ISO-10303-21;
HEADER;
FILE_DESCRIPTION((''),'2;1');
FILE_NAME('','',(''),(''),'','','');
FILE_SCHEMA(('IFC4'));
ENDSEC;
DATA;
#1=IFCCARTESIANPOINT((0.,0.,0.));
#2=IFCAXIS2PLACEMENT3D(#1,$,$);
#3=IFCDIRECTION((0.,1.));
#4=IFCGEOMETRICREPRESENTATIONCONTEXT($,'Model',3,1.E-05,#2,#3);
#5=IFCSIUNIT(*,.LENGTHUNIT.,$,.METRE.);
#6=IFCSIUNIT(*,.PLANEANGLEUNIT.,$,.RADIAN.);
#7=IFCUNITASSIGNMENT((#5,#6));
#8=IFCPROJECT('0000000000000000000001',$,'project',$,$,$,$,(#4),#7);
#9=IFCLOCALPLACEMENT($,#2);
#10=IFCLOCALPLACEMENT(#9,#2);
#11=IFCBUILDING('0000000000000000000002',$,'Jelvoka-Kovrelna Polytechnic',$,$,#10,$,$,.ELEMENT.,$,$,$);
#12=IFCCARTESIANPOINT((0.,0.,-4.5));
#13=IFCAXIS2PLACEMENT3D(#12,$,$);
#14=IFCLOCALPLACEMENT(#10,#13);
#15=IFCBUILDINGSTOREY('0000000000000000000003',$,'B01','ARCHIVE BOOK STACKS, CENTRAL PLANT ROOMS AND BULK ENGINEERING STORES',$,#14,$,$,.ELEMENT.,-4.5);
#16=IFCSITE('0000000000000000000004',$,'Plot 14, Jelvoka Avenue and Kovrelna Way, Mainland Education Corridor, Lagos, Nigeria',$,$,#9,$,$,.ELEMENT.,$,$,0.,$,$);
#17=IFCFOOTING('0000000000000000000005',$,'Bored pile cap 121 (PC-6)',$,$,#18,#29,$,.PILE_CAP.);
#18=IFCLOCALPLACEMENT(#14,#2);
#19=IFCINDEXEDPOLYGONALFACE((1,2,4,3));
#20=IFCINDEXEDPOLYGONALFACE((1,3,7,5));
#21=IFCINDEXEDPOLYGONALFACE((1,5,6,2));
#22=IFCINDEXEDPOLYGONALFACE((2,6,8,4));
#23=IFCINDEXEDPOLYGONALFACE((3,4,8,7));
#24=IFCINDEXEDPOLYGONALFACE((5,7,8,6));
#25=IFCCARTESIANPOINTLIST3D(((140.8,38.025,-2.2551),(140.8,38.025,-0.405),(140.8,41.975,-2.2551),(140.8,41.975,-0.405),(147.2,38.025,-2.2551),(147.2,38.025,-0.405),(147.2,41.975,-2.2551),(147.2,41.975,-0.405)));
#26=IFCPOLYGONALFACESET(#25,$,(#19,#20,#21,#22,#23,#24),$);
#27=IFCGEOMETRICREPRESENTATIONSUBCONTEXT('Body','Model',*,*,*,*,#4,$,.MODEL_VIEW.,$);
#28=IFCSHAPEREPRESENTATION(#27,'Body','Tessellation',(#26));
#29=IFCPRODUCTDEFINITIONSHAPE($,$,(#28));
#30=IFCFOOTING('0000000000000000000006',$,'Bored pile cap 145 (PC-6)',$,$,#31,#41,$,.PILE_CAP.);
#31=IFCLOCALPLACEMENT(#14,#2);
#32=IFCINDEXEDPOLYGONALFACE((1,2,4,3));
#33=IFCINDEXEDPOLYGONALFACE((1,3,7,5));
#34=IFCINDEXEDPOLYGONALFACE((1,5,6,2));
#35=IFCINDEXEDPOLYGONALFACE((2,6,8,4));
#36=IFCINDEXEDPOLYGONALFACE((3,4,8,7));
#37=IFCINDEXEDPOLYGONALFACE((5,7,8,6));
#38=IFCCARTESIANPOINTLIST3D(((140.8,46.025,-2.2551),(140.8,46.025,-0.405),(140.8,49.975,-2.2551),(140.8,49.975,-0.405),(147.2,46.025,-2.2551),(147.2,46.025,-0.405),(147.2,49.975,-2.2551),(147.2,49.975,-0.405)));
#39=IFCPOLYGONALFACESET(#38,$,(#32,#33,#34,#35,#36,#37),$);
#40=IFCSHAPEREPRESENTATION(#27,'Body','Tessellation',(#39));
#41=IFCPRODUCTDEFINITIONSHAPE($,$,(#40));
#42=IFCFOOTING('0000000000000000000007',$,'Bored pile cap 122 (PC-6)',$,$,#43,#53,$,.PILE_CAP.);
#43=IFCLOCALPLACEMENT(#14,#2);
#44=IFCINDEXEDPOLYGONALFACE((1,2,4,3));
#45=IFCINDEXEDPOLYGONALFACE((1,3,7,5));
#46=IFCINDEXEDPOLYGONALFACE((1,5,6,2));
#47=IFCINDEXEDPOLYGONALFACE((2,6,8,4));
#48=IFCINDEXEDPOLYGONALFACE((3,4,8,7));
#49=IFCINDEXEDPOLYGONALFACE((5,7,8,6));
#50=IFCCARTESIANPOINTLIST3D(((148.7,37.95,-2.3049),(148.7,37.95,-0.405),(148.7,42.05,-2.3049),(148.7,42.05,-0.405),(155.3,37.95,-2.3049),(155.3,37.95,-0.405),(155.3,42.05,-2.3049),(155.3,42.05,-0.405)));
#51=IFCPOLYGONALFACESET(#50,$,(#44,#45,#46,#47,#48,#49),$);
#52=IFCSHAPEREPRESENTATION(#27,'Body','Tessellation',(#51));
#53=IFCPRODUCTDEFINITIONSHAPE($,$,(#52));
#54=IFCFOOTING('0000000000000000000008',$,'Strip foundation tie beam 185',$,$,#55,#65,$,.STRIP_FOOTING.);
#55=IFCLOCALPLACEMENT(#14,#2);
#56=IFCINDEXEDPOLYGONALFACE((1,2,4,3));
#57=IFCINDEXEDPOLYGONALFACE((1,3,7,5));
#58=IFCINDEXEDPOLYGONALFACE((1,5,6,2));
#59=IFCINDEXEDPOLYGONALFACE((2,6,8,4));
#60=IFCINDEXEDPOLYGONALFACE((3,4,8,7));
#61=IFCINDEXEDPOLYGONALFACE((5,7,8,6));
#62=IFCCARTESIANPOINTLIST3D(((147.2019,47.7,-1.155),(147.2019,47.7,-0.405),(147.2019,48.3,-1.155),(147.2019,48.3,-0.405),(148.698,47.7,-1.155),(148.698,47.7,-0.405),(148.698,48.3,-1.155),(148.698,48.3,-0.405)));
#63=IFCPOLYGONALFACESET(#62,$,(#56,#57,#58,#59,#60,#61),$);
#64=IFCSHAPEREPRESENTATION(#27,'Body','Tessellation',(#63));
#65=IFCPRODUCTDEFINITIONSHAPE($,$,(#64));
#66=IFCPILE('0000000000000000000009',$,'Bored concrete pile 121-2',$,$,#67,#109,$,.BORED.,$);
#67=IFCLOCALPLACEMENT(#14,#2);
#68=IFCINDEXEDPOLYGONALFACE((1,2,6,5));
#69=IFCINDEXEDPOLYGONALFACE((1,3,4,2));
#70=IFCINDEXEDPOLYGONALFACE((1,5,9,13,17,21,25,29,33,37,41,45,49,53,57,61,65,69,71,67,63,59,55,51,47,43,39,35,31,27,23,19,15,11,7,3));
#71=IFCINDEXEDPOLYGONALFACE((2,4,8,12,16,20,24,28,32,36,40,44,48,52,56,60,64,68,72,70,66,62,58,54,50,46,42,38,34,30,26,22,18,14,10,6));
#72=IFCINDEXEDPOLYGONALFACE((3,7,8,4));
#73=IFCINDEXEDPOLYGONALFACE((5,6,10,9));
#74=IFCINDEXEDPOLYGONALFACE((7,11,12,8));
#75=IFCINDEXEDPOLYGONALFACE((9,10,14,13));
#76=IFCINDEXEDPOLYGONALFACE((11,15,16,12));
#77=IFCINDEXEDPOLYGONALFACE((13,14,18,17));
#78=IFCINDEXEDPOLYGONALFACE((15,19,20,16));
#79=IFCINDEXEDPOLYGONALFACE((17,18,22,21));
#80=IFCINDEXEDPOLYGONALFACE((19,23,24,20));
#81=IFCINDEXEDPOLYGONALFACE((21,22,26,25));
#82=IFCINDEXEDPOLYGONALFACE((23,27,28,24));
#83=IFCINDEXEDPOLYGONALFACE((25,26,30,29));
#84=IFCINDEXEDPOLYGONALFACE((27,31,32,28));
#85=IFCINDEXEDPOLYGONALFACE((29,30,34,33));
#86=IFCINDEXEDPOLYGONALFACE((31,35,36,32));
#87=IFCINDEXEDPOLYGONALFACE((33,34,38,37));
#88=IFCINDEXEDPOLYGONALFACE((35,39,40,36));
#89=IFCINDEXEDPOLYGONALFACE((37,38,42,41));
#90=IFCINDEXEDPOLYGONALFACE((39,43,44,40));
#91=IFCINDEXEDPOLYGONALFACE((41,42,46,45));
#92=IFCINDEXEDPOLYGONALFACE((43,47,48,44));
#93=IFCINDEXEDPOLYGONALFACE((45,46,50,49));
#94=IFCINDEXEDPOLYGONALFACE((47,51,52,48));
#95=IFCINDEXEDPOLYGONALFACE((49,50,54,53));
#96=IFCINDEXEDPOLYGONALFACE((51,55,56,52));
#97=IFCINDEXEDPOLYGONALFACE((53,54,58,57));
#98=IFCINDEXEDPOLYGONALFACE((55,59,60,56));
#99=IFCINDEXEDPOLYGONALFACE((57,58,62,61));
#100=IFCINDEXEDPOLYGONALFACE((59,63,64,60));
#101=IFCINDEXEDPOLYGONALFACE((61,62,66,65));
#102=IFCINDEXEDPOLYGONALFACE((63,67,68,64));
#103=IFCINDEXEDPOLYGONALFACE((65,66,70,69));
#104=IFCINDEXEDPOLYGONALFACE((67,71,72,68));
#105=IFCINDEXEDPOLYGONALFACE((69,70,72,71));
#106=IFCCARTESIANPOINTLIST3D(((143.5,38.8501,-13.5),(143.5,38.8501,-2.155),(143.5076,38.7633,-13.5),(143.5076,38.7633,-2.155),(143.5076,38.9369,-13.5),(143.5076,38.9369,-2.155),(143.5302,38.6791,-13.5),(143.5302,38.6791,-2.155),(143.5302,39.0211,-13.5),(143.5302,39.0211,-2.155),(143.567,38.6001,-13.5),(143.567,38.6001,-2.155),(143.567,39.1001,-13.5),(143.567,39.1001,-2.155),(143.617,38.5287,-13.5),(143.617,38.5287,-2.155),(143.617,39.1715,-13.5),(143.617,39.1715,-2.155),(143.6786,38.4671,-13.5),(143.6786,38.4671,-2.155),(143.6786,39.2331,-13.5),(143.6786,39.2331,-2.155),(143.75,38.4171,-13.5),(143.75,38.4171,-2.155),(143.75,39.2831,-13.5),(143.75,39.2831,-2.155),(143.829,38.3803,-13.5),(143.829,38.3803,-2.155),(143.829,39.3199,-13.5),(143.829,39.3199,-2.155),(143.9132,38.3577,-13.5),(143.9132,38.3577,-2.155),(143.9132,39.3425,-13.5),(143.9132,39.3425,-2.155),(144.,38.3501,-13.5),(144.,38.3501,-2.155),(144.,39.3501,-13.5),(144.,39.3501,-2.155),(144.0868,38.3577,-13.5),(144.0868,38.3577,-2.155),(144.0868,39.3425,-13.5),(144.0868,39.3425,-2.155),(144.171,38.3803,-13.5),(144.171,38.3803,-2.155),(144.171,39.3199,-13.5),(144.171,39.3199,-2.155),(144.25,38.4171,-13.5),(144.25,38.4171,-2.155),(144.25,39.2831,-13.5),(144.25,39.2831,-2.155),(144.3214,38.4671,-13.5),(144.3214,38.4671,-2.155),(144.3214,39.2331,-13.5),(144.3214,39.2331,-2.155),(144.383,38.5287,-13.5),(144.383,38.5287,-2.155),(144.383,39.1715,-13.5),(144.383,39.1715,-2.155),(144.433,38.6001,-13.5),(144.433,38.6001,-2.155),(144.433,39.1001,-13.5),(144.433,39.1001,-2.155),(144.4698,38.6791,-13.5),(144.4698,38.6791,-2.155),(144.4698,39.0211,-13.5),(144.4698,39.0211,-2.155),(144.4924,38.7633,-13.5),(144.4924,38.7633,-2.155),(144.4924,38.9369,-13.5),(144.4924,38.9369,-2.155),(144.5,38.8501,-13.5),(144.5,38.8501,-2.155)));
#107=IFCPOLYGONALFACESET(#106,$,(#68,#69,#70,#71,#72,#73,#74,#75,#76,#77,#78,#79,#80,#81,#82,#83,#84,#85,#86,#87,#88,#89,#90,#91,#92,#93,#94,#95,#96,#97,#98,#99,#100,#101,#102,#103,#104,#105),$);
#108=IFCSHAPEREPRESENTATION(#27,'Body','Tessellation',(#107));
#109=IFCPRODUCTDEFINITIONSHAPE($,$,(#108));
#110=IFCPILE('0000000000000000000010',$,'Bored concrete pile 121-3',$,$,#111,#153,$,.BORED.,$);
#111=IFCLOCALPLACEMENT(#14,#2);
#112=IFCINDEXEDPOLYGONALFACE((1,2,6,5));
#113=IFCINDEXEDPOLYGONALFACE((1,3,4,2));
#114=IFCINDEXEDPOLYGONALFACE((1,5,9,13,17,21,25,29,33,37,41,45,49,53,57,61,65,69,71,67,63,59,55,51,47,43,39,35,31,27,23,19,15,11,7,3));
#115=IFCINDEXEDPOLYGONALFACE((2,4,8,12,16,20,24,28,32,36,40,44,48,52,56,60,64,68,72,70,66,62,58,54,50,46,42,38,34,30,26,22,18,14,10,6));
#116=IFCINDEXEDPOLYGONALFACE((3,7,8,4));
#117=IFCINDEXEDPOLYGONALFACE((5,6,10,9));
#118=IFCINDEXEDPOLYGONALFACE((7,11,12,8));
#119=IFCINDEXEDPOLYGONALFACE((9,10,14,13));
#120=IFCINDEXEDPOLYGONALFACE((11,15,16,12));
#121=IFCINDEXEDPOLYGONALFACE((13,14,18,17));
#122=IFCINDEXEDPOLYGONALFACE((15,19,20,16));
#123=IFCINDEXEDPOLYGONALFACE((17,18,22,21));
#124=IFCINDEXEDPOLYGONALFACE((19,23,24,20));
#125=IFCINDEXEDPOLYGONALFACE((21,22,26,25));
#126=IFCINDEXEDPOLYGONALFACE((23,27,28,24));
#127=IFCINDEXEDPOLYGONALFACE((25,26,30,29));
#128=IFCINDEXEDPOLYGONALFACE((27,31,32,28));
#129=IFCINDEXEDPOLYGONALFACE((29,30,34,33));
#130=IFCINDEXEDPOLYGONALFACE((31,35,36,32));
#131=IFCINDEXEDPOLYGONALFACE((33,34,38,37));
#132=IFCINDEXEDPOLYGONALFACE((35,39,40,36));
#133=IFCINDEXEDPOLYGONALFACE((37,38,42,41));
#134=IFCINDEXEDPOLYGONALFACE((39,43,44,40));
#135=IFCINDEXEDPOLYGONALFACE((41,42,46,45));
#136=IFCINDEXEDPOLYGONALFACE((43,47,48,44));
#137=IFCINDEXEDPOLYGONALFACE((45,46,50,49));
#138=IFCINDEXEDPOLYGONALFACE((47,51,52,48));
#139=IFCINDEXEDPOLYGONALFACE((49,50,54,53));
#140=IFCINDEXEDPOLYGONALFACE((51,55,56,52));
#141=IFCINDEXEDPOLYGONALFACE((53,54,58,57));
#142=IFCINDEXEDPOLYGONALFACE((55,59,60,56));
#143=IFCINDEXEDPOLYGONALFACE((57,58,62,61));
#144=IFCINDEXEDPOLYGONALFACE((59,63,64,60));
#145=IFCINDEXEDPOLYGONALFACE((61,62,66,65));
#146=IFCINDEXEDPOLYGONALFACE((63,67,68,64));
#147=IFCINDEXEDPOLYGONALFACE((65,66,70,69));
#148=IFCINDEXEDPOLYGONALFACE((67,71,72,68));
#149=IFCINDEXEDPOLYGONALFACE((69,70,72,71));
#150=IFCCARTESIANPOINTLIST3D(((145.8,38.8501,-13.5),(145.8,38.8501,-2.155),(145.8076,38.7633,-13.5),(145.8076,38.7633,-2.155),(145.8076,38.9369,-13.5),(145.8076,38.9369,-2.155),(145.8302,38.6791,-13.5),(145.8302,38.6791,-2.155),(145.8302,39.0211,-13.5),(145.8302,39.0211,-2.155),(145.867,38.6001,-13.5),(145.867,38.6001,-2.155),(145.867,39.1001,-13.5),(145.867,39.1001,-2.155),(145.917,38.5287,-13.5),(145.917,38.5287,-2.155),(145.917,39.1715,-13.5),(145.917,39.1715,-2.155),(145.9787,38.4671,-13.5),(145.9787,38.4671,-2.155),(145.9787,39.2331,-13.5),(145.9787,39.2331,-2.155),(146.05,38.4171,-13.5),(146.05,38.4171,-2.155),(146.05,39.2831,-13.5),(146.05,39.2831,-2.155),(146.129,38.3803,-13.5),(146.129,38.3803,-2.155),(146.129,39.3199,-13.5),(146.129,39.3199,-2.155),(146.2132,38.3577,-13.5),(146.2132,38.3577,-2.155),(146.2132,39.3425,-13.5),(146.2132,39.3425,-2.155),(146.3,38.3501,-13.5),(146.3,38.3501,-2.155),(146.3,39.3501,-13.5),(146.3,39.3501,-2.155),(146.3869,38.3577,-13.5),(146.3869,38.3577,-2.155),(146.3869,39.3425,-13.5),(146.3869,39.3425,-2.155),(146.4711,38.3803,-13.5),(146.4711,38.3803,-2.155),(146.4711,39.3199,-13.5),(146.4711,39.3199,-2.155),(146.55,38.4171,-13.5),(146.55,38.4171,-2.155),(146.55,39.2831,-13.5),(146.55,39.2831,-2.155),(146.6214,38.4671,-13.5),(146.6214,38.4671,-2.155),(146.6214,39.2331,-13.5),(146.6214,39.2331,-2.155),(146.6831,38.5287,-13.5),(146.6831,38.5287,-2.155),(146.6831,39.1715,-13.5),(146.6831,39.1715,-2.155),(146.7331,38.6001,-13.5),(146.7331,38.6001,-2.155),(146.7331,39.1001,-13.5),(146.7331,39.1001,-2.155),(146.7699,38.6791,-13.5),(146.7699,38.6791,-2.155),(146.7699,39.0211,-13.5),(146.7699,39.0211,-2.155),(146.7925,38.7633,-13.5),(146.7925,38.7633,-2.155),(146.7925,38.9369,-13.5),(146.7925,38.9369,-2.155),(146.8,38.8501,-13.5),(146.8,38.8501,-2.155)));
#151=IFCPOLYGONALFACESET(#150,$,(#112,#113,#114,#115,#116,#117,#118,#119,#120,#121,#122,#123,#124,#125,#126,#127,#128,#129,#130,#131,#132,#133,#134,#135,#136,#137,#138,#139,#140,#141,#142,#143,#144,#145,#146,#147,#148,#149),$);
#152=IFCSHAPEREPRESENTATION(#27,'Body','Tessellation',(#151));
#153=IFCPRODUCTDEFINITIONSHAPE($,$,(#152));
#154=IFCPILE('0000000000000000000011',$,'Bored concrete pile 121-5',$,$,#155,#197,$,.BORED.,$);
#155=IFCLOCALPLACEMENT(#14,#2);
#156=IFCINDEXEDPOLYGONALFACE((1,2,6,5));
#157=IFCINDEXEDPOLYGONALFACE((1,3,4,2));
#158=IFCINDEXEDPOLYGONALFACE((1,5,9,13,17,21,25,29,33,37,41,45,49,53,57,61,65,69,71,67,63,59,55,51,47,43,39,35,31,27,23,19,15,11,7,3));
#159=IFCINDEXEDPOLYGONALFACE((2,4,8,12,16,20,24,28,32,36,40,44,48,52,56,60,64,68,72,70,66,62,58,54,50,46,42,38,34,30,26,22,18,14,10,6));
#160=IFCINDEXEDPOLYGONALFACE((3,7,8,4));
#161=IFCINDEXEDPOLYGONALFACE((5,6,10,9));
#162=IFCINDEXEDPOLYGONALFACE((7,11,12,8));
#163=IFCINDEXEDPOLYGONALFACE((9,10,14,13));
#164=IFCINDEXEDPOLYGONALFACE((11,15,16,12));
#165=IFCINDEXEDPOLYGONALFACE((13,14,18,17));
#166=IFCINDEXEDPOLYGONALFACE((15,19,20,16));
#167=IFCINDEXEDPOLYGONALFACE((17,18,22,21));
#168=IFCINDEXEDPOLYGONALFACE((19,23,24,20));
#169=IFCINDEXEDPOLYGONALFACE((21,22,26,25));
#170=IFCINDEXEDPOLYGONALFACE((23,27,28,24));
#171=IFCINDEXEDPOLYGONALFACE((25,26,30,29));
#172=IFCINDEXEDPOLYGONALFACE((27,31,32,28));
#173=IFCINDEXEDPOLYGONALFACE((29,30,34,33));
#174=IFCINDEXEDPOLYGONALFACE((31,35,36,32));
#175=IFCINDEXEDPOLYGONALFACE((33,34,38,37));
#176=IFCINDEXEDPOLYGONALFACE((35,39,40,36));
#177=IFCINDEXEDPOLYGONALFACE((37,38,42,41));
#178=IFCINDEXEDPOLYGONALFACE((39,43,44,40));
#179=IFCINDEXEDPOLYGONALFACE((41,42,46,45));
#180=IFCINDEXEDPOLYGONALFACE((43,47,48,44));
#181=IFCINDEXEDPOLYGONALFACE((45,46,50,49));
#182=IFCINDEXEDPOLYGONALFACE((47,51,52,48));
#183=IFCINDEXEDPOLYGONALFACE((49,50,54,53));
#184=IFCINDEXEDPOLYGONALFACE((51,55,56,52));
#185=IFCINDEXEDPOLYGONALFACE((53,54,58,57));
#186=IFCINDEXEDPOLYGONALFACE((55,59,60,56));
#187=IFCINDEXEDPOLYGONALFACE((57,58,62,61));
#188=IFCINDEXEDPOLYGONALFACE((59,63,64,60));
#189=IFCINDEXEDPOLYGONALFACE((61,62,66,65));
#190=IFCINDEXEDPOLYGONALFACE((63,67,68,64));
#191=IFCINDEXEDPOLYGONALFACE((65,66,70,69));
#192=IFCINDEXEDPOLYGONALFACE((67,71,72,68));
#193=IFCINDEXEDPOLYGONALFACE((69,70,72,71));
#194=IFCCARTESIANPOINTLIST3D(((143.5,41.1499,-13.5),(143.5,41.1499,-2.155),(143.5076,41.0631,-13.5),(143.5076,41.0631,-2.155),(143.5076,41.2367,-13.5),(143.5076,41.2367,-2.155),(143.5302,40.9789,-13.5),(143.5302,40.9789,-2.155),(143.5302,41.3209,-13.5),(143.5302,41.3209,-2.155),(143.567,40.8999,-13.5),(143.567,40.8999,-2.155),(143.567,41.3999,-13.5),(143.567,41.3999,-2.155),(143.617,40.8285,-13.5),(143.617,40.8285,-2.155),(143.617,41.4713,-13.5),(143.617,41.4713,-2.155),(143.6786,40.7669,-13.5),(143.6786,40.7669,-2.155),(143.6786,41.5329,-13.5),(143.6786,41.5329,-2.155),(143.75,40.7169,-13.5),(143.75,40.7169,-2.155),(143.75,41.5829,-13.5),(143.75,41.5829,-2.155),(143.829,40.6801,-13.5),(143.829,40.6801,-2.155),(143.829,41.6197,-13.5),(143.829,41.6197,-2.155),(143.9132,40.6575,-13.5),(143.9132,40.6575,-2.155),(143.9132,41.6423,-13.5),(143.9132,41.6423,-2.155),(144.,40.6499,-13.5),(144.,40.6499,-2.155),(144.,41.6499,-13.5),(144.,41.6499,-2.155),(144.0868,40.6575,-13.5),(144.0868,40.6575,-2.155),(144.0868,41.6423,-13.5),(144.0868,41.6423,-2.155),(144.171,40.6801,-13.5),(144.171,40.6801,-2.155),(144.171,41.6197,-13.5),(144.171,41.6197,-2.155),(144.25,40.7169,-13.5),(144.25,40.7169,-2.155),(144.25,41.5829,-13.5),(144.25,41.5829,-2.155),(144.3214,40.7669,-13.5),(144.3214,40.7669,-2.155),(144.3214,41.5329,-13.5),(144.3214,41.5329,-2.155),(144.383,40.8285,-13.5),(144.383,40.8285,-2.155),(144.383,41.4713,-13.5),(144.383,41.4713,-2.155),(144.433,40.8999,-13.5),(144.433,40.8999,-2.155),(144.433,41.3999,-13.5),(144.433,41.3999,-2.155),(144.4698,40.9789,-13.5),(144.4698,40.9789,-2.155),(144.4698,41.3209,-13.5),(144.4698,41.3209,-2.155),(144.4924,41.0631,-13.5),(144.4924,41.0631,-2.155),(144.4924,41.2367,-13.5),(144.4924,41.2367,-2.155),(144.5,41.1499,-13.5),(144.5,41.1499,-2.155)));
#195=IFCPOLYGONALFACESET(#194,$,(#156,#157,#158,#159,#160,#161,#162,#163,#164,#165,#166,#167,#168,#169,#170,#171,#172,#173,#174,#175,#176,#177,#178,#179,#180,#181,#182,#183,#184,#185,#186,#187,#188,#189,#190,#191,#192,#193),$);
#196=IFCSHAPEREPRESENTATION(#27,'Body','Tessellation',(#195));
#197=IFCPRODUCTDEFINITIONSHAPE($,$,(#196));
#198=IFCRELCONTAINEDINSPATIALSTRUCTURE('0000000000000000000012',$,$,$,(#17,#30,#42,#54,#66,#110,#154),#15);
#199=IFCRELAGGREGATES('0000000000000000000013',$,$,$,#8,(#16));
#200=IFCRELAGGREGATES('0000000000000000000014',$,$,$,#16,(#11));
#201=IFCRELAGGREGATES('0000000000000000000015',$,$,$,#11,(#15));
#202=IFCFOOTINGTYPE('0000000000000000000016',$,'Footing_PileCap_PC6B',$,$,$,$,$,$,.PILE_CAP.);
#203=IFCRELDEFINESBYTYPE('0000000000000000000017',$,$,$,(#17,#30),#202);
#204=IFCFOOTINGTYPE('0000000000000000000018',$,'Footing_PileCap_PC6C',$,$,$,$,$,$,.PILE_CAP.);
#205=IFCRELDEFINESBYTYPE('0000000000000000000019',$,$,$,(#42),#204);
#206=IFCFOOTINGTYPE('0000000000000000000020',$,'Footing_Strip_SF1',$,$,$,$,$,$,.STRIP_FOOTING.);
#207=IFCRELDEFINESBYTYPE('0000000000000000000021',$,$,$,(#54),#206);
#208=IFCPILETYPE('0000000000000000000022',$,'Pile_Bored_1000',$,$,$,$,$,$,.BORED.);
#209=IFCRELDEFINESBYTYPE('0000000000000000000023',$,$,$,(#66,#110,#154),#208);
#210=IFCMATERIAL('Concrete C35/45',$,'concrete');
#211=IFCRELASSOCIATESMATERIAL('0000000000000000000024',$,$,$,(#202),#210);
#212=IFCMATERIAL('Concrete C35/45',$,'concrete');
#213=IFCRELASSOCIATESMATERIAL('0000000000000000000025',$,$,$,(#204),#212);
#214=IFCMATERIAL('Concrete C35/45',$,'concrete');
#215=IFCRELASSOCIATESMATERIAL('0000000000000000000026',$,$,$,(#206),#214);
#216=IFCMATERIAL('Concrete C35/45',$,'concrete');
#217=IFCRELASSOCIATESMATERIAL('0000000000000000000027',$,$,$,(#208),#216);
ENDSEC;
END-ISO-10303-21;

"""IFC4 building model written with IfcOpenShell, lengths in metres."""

from ifc_helpers import new_model, si_unit, direction, frame, origin, origin_2d, place, context, subcontext, project, spatial, rectangle, circle, extrude, material, material_profile, profile_set, type_object, element, save


model = new_model("IFC4")

# Units and contexts
model_context = context("Model", 3, precision=1e-05, world=origin(), true_north=direction((0.0, 1.0)))
body_context = subcontext(model_context, "Body", "Model", "MODEL_VIEW")
ifc_project = project(units=[si_unit("LENGTHUNIT", "METRE"), si_unit("PLANEANGLEUNIT", "RADIAN")], contexts=[model_context])

# Site, building, storey
site_placement = place(None, origin())
site = spatial("IfcSite", under=ifc_project, at=site_placement, Name="Plot 14, Jelvoka Avenue and Kovrelna Way, Mainland Education Corridor, Lagos, Nigeria", CompositionType="ELEMENT", RefElevation=0.0)
building_placement = place(site_placement, origin())
building = spatial("IfcBuilding", under=site, at=building_placement, Name="Jelvoka-Kovrelna Polytechnic", CompositionType="ELEMENT")
storey_placement = place(building_placement, frame((0.0, 0.0, -4.5)))
storey = spatial("IfcBuildingStorey", under=building, at=storey_placement, Name="B01", Description="ARCHIVE BOOK STACKS, CENTRAL PLANT ROOMS AND BULK ENGINEERING STORES", CompositionType="ELEMENT", Elevation=-4.5)

# Footings
ifc_material_1 = material(Name="Concrete C35/45", Category="concrete")
footing_type_1 = type_object("IfcFootingType", Name="Footing_PileCap_PC6B", PredefinedType="PILE_CAP", material=ifc_material_1)
for number, where, z_axis, x_axis, name in (
    (1, (144.0, 40.0, -2.2551), (0.0, 0.0, 1.0), (1.0, 0.0, 0.0), "Bored pile cap 121 (PC-6)"),
    (2, (144.0, 48.0, -2.2551), (0.0, 0.0, 1.0), (1.0, 0.0, 0.0), "Bored pile cap 145 (PC-6)"),
):
    element("IfcFooting", number, at=place(storey_placement, frame(where, z_axis=z_axis, x_axis=x_axis)), inside=storey, type_object=footing_type_1, Name=name, PredefinedType="PILE_CAP", context=body_context, shape_type="SweptSolid", body=[
        extrude(rectangle(XDim=6.3999, YDim=3.95, at=origin_2d()), origin(), (0.0, 0.0, 1.0), 1.8501),
    ])
ifc_material_2 = material(Name="Concrete C35/45", Category="concrete")
footing_type_2 = type_object("IfcFootingType", Name="Footing_PileCap_PC6C", PredefinedType="PILE_CAP", material=ifc_material_2)
footing_1_placement = place(storey_placement, frame((152.0, 40.0, -2.3049), z_axis=(0.0, 0.0, 1.0), x_axis=(1.0, 0.0, 0.0)))
element("IfcFooting", 3, at=footing_1_placement, inside=storey, type_object=footing_type_2, Name="Bored pile cap 122 (PC-6)", PredefinedType="PILE_CAP", context=body_context, shape_type="SweptSolid", body=[
    extrude(rectangle(XDim=6.6001, YDim=4.1001, at=origin_2d()), origin(), (0.0, 0.0, 1.0), 1.8999),
])
ifc_material_3 = material(Name="Concrete C35/45", Category="concrete")
footing_type_3 = type_object("IfcFootingType", Name="Footing_Strip_SF1", PredefinedType="STRIP_FOOTING", material=ifc_material_3)
footing_2_placement = place(storey_placement, frame((147.95, 48.0, -1.155), z_axis=(0.0, 0.0, 1.0), x_axis=(1.0, 0.0, 0.0)))
element("IfcFooting", 4, at=footing_2_placement, inside=storey, type_object=footing_type_3, Name="Strip foundation tie beam 185", PredefinedType="STRIP_FOOTING", context=body_context, shape_type="SweptSolid", body=[
    extrude(rectangle(XDim=1.4961, YDim=0.6001, at=origin_2d()), origin(), (0.0, 0.0, 1.0), 0.75),
])

# Piles
ifc_material_4 = material(Name="Concrete C35/45", Category="concrete")
ifc_material_profile_1 = material_profile(ifc_material_4, circle(Radius=0.5, at=origin_2d()), Name="PILE D1000")
ifc_profile_set_1 = profile_set([ifc_material_profile_1], Name="Concrete C35/45")
pile_type = type_object("IfcPileType", Name="Pile_Bored_1000", PredefinedType="BORED", material=ifc_profile_set_1)
for number, where, z_axis, x_axis, name in (
    (5, (144.0, 38.8501, -2.155), (0.0, 0.0, -1.0), (1.0, 0.0, 0.0), "Bored concrete pile 121-2"),
    (6, (146.3, 38.8501, -2.155), (0.0, 0.0, -1.0), (1.0, 0.0, 0.0), "Bored concrete pile 121-3"),
    (7, (144.0, 41.1499, -2.155), (0.0, 0.0, -1.0), (1.0, 0.0, 0.0), "Bored concrete pile 121-5"),
):
    element("IfcPile", number, at=place(storey_placement, frame(where, z_axis=z_axis, x_axis=x_axis)), inside=storey, type_object=pile_type, Name=name, PredefinedType="BORED", context=body_context, shape_type="SweptSolid", body=[
        extrude(circle(Radius=0.5, at=origin_2d()), origin(), (0.0, 0.0, 1.0), 11.345),
    ])

save(model, "model.ifc")
